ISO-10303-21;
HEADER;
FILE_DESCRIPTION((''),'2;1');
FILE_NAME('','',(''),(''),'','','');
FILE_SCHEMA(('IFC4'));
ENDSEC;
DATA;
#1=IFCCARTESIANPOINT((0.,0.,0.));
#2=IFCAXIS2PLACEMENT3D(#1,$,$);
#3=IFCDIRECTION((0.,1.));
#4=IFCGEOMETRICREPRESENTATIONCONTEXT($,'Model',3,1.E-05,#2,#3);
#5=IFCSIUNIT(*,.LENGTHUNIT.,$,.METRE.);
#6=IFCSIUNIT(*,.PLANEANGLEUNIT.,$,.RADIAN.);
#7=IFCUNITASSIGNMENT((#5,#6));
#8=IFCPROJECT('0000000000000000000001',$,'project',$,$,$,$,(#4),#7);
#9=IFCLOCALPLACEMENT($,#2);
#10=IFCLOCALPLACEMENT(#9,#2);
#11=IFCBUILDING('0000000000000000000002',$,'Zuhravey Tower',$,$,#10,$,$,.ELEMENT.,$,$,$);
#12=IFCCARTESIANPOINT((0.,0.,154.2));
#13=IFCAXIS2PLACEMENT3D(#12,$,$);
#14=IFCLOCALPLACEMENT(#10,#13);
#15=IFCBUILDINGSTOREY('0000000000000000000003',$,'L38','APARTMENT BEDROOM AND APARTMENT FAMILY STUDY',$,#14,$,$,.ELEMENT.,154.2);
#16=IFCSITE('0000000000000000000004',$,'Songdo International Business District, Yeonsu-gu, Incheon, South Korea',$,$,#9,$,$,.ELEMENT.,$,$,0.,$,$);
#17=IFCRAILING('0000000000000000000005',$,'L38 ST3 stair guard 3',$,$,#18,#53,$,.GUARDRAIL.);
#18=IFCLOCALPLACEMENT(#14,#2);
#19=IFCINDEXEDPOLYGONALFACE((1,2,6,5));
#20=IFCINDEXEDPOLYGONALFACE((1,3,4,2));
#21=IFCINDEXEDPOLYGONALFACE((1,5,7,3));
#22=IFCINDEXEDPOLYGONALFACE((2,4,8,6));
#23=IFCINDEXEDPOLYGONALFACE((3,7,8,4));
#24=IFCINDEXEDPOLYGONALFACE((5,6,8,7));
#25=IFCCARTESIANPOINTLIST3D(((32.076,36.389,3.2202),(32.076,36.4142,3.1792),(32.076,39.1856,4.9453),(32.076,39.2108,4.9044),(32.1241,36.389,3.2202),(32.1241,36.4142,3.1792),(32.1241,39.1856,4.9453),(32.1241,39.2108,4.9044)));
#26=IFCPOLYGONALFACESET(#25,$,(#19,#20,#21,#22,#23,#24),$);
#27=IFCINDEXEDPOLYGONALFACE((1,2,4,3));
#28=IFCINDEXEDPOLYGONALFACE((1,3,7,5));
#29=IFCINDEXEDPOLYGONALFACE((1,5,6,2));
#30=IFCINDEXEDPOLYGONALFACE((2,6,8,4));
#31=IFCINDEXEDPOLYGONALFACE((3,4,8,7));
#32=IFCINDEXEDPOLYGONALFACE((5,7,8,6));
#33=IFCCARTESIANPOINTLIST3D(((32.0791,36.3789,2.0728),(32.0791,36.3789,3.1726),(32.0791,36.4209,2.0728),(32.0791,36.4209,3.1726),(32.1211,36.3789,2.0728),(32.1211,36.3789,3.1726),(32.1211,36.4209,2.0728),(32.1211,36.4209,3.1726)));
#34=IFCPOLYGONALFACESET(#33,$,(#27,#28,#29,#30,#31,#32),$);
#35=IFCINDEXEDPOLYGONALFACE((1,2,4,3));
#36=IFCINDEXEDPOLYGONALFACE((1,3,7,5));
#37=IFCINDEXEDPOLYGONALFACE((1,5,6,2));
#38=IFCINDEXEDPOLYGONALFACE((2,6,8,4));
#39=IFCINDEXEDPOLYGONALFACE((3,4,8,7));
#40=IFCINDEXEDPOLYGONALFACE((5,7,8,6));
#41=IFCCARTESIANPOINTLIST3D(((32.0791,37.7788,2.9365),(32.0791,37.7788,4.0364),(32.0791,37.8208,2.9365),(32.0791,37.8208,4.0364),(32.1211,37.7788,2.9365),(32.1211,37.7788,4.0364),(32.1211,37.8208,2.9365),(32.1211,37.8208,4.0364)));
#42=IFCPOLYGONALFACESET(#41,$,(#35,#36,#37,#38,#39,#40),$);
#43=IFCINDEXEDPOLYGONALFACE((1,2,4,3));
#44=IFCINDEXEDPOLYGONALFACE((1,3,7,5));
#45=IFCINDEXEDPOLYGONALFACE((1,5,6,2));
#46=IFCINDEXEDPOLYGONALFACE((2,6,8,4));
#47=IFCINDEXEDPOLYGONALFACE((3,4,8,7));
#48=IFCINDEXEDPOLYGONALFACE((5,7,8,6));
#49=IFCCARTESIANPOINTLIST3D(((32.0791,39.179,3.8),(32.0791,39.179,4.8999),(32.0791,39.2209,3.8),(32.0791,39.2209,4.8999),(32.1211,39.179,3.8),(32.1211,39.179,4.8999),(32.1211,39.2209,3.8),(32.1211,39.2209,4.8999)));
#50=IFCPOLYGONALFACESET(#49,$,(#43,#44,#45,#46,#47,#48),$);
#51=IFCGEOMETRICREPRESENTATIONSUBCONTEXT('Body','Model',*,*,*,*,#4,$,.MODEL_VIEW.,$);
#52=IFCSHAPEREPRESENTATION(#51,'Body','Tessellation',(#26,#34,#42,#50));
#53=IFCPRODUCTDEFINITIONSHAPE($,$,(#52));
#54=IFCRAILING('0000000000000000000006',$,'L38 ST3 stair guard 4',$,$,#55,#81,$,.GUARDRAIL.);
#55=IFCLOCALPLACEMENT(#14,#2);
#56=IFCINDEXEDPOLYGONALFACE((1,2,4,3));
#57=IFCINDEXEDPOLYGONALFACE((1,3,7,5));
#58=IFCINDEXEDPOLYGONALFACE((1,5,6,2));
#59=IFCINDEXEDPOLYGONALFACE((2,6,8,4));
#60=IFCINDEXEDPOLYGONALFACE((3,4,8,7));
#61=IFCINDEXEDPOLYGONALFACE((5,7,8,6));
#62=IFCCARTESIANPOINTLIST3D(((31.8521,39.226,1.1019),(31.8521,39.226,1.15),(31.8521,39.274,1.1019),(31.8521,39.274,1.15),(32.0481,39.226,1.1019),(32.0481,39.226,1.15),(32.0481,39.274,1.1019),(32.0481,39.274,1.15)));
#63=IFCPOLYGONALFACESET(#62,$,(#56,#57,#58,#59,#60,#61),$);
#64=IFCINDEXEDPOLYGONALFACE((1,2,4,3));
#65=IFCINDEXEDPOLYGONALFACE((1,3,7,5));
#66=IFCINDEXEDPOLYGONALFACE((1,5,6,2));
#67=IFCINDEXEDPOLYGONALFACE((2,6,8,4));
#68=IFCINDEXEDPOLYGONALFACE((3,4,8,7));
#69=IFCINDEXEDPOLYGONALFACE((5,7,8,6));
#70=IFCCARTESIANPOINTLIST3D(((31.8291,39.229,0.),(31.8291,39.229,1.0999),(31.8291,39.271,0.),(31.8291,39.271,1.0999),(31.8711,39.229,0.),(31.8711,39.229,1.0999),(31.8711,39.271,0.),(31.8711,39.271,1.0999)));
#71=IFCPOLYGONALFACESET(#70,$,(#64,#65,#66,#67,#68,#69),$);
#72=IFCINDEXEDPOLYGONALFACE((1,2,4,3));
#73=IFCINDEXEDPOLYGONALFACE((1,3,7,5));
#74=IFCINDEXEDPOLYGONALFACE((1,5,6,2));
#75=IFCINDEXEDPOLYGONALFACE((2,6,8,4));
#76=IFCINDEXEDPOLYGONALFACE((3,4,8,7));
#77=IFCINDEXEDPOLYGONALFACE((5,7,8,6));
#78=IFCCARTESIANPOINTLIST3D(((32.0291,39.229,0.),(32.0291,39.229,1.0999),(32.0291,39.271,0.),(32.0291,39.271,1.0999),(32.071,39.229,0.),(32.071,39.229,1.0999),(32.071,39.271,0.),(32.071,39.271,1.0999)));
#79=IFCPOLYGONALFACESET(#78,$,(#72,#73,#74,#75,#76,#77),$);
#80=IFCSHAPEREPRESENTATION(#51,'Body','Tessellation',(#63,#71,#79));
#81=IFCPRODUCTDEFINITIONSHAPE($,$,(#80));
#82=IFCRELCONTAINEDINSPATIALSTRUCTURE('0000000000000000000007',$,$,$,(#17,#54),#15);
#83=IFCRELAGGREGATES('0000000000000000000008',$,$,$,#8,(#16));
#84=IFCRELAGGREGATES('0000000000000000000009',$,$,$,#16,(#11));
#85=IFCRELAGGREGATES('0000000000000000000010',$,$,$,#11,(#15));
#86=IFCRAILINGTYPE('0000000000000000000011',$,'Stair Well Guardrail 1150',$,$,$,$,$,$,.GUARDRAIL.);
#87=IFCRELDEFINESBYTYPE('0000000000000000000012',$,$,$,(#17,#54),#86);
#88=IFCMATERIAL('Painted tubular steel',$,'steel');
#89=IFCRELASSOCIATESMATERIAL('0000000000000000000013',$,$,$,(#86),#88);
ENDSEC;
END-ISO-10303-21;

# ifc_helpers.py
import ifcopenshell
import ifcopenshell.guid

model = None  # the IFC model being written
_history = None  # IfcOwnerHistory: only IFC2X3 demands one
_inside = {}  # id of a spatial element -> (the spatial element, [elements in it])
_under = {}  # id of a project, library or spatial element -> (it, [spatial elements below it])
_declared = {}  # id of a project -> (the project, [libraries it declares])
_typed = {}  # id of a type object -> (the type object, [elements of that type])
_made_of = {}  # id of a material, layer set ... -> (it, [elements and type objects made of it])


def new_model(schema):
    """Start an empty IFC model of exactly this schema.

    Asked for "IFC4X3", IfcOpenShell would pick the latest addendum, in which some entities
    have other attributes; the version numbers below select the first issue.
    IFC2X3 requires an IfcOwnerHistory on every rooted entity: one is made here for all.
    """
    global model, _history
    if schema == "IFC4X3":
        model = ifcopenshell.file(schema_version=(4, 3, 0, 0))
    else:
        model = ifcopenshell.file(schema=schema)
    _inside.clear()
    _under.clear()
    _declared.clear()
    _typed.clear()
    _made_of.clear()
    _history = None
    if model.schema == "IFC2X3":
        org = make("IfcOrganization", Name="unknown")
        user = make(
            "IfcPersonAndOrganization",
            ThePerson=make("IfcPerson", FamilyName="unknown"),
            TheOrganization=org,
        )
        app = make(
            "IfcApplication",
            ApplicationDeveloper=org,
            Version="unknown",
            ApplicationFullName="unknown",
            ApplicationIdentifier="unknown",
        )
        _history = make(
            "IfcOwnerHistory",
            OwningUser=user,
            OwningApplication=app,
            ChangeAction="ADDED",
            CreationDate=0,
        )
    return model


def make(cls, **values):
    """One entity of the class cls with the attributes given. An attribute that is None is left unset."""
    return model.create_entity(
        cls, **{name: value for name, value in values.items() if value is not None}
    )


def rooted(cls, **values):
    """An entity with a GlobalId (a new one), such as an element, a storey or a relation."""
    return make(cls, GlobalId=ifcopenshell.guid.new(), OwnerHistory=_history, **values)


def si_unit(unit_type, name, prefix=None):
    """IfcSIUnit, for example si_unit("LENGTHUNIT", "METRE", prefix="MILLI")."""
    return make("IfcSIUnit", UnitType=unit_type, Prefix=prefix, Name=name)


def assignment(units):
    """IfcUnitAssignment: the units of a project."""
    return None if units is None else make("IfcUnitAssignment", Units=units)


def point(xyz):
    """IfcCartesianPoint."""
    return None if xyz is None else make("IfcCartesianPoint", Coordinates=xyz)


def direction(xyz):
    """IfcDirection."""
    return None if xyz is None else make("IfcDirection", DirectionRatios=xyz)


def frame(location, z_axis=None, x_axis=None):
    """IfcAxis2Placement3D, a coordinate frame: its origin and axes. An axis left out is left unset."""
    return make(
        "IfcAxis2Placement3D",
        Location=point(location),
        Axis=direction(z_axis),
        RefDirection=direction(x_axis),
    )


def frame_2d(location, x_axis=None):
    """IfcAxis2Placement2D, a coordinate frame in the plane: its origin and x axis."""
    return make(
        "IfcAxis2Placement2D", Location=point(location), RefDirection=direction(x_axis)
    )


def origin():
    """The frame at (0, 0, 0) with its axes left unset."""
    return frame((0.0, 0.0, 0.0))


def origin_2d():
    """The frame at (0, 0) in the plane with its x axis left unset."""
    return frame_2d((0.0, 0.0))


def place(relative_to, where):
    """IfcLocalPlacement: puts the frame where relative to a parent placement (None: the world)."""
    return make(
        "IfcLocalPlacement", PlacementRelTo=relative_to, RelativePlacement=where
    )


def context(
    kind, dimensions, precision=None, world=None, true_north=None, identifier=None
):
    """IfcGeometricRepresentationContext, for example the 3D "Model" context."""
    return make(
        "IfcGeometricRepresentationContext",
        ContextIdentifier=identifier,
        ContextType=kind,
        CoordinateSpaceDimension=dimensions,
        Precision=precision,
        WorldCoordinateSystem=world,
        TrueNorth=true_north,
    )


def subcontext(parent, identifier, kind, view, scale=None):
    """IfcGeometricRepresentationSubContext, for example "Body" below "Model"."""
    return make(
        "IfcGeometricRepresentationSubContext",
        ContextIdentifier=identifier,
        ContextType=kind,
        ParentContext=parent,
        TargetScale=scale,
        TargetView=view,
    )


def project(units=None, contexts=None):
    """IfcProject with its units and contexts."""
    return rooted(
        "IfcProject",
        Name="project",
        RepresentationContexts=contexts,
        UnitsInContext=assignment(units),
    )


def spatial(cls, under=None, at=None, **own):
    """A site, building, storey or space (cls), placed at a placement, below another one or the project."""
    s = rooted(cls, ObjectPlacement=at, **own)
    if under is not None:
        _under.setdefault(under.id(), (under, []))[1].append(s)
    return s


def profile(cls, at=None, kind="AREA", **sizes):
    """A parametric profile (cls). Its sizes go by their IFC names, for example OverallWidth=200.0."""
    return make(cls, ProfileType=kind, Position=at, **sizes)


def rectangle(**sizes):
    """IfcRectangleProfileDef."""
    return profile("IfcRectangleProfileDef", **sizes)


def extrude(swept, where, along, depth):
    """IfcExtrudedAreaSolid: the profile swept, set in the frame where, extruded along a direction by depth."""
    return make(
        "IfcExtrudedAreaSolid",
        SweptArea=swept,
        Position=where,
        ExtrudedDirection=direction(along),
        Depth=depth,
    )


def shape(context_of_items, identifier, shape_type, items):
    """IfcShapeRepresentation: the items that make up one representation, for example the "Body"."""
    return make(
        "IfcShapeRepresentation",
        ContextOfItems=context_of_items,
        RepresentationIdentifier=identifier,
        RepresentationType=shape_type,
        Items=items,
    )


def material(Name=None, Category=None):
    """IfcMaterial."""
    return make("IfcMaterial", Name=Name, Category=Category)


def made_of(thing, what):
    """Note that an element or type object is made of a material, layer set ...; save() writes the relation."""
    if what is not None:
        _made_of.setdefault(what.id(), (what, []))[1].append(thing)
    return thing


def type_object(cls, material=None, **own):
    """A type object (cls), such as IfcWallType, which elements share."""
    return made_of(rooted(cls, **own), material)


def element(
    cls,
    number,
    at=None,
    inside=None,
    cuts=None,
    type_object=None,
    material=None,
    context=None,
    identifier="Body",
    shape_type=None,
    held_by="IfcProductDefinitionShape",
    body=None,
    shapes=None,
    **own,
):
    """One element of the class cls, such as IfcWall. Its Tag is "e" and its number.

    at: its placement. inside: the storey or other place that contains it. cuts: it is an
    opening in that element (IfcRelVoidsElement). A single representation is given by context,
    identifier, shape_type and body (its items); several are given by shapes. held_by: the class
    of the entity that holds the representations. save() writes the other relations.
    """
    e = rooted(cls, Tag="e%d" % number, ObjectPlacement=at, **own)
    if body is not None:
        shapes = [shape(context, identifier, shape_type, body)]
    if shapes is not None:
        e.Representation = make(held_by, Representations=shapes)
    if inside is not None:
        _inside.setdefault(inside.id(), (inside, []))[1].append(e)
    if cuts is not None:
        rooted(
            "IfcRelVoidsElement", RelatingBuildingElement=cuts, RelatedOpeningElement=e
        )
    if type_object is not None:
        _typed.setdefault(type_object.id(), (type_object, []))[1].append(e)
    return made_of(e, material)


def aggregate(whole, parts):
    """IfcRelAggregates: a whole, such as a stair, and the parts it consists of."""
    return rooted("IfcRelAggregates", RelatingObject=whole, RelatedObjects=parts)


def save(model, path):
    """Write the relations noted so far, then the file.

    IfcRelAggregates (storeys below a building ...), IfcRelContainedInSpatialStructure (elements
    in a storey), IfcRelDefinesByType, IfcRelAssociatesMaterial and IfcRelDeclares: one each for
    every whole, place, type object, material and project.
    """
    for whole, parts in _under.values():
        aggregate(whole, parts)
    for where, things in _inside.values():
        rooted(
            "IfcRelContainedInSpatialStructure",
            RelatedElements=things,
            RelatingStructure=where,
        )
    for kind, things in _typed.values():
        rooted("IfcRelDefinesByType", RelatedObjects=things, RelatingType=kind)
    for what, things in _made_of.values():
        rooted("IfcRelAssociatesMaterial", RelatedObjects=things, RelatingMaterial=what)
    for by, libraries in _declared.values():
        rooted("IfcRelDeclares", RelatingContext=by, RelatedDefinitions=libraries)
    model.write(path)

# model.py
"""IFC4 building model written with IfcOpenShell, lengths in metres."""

from ifc_helpers import new_model, si_unit, direction, frame, origin, origin_2d, place, context, subcontext, project, spatial, rectangle, extrude, material, type_object, element, save


model = new_model("IFC4")

# Units and contexts
model_context = context("Model", 3, precision=1e-05, world=origin(), true_north=direction((0.0, 1.0)))
body_context = subcontext(model_context, "Body", "Model", "MODEL_VIEW")
ifc_project = project(units=[si_unit("LENGTHUNIT", "METRE"), si_unit("PLANEANGLEUNIT", "RADIAN")], contexts=[model_context])

# Site, building, storey
site_placement = place(None, origin())
site = spatial("IfcSite", under=ifc_project, at=site_placement, Name="Songdo International Business District, Yeonsu-gu, Incheon, South Korea", CompositionType="ELEMENT", RefElevation=0.0)
building_placement = place(site_placement, origin())
building = spatial("IfcBuilding", under=site, at=building_placement, Name="Zuhravey Tower", CompositionType="ELEMENT")
storey_placement = place(building_placement, frame((0.0, 0.0, 154.2)))
storey = spatial("IfcBuildingStorey", under=building, at=storey_placement, Name="L38", Description="APARTMENT BEDROOM AND APARTMENT FAMILY STUDY", CompositionType="ELEMENT", Elevation=154.2)

# Railings
ifc_material_1 = material(Name="Painted tubular steel", Category="steel")
railing_type_1 = type_object("IfcRailingType", Name="Stair Well Guardrail 1150", PredefinedType="GUARDRAIL", material=ifc_material_1)
railing_1_placement = place(storey_placement, frame((32.1001, 36.3999, 2.0728)))
element("IfcRailing", 1, at=railing_1_placement, inside=storey, type_object=railing_type_1, Name="L38 ST3 stair guard 3", PredefinedType="GUARDRAIL", context=body_context, shape_type="SweptSolid", body=[
    extrude(rectangle(XDim=0.0481, YDim=0.0481, at=origin_2d()), frame((0.0, 0.0017, 1.127), z_axis=(0.0, 0.85109, 0.52502), x_axis=(-1.0, 0.0, 0.0)), (0.0, 0.0, 1.0), 3.2859),
    extrude(rectangle(XDim=0.042, YDim=0.042, at=origin_2d()), origin(), (0.0, 0.0, 1.0), 1.0999),
    extrude(rectangle(XDim=0.042, YDim=0.042, at=origin_2d()), frame((0.0, 1.3999, 0.8638)), (0.0, 0.0, 1.0), 1.0999),
    extrude(rectangle(XDim=0.042, YDim=0.042, at=origin_2d()), frame((0.0, 2.8, 1.7273)), (0.0, 0.0, 1.0), 1.0999),
])
railing_2_placement = place(storey_placement, frame((31.8501, 39.25, 0.0)))
element("IfcRailing", 2, at=railing_2_placement, inside=storey, type_object=railing_type_1, Name="L38 ST3 stair guard 4", PredefinedType="GUARDRAIL", context=body_context, shape_type="SweptSolid", body=[
    extrude(rectangle(XDim=0.0481, YDim=0.0481, at=origin_2d()), frame((0.002, 0.0, 1.126), z_axis=(1.0, 0.0, 0.0), x_axis=(0.0, 1.0, 0.0)), (0.0, 0.0, 1.0), 0.196),
    extrude(rectangle(XDim=0.042, YDim=0.042, at=origin_2d()), origin(), (0.0, 0.0, 1.0), 1.0999),
    extrude(rectangle(XDim=0.042, YDim=0.042, at=origin_2d()), frame((0.2, 0.0, 0.0)), (0.0, 0.0, 1.0), 1.0999),
])

save(model, "model.ifc")
